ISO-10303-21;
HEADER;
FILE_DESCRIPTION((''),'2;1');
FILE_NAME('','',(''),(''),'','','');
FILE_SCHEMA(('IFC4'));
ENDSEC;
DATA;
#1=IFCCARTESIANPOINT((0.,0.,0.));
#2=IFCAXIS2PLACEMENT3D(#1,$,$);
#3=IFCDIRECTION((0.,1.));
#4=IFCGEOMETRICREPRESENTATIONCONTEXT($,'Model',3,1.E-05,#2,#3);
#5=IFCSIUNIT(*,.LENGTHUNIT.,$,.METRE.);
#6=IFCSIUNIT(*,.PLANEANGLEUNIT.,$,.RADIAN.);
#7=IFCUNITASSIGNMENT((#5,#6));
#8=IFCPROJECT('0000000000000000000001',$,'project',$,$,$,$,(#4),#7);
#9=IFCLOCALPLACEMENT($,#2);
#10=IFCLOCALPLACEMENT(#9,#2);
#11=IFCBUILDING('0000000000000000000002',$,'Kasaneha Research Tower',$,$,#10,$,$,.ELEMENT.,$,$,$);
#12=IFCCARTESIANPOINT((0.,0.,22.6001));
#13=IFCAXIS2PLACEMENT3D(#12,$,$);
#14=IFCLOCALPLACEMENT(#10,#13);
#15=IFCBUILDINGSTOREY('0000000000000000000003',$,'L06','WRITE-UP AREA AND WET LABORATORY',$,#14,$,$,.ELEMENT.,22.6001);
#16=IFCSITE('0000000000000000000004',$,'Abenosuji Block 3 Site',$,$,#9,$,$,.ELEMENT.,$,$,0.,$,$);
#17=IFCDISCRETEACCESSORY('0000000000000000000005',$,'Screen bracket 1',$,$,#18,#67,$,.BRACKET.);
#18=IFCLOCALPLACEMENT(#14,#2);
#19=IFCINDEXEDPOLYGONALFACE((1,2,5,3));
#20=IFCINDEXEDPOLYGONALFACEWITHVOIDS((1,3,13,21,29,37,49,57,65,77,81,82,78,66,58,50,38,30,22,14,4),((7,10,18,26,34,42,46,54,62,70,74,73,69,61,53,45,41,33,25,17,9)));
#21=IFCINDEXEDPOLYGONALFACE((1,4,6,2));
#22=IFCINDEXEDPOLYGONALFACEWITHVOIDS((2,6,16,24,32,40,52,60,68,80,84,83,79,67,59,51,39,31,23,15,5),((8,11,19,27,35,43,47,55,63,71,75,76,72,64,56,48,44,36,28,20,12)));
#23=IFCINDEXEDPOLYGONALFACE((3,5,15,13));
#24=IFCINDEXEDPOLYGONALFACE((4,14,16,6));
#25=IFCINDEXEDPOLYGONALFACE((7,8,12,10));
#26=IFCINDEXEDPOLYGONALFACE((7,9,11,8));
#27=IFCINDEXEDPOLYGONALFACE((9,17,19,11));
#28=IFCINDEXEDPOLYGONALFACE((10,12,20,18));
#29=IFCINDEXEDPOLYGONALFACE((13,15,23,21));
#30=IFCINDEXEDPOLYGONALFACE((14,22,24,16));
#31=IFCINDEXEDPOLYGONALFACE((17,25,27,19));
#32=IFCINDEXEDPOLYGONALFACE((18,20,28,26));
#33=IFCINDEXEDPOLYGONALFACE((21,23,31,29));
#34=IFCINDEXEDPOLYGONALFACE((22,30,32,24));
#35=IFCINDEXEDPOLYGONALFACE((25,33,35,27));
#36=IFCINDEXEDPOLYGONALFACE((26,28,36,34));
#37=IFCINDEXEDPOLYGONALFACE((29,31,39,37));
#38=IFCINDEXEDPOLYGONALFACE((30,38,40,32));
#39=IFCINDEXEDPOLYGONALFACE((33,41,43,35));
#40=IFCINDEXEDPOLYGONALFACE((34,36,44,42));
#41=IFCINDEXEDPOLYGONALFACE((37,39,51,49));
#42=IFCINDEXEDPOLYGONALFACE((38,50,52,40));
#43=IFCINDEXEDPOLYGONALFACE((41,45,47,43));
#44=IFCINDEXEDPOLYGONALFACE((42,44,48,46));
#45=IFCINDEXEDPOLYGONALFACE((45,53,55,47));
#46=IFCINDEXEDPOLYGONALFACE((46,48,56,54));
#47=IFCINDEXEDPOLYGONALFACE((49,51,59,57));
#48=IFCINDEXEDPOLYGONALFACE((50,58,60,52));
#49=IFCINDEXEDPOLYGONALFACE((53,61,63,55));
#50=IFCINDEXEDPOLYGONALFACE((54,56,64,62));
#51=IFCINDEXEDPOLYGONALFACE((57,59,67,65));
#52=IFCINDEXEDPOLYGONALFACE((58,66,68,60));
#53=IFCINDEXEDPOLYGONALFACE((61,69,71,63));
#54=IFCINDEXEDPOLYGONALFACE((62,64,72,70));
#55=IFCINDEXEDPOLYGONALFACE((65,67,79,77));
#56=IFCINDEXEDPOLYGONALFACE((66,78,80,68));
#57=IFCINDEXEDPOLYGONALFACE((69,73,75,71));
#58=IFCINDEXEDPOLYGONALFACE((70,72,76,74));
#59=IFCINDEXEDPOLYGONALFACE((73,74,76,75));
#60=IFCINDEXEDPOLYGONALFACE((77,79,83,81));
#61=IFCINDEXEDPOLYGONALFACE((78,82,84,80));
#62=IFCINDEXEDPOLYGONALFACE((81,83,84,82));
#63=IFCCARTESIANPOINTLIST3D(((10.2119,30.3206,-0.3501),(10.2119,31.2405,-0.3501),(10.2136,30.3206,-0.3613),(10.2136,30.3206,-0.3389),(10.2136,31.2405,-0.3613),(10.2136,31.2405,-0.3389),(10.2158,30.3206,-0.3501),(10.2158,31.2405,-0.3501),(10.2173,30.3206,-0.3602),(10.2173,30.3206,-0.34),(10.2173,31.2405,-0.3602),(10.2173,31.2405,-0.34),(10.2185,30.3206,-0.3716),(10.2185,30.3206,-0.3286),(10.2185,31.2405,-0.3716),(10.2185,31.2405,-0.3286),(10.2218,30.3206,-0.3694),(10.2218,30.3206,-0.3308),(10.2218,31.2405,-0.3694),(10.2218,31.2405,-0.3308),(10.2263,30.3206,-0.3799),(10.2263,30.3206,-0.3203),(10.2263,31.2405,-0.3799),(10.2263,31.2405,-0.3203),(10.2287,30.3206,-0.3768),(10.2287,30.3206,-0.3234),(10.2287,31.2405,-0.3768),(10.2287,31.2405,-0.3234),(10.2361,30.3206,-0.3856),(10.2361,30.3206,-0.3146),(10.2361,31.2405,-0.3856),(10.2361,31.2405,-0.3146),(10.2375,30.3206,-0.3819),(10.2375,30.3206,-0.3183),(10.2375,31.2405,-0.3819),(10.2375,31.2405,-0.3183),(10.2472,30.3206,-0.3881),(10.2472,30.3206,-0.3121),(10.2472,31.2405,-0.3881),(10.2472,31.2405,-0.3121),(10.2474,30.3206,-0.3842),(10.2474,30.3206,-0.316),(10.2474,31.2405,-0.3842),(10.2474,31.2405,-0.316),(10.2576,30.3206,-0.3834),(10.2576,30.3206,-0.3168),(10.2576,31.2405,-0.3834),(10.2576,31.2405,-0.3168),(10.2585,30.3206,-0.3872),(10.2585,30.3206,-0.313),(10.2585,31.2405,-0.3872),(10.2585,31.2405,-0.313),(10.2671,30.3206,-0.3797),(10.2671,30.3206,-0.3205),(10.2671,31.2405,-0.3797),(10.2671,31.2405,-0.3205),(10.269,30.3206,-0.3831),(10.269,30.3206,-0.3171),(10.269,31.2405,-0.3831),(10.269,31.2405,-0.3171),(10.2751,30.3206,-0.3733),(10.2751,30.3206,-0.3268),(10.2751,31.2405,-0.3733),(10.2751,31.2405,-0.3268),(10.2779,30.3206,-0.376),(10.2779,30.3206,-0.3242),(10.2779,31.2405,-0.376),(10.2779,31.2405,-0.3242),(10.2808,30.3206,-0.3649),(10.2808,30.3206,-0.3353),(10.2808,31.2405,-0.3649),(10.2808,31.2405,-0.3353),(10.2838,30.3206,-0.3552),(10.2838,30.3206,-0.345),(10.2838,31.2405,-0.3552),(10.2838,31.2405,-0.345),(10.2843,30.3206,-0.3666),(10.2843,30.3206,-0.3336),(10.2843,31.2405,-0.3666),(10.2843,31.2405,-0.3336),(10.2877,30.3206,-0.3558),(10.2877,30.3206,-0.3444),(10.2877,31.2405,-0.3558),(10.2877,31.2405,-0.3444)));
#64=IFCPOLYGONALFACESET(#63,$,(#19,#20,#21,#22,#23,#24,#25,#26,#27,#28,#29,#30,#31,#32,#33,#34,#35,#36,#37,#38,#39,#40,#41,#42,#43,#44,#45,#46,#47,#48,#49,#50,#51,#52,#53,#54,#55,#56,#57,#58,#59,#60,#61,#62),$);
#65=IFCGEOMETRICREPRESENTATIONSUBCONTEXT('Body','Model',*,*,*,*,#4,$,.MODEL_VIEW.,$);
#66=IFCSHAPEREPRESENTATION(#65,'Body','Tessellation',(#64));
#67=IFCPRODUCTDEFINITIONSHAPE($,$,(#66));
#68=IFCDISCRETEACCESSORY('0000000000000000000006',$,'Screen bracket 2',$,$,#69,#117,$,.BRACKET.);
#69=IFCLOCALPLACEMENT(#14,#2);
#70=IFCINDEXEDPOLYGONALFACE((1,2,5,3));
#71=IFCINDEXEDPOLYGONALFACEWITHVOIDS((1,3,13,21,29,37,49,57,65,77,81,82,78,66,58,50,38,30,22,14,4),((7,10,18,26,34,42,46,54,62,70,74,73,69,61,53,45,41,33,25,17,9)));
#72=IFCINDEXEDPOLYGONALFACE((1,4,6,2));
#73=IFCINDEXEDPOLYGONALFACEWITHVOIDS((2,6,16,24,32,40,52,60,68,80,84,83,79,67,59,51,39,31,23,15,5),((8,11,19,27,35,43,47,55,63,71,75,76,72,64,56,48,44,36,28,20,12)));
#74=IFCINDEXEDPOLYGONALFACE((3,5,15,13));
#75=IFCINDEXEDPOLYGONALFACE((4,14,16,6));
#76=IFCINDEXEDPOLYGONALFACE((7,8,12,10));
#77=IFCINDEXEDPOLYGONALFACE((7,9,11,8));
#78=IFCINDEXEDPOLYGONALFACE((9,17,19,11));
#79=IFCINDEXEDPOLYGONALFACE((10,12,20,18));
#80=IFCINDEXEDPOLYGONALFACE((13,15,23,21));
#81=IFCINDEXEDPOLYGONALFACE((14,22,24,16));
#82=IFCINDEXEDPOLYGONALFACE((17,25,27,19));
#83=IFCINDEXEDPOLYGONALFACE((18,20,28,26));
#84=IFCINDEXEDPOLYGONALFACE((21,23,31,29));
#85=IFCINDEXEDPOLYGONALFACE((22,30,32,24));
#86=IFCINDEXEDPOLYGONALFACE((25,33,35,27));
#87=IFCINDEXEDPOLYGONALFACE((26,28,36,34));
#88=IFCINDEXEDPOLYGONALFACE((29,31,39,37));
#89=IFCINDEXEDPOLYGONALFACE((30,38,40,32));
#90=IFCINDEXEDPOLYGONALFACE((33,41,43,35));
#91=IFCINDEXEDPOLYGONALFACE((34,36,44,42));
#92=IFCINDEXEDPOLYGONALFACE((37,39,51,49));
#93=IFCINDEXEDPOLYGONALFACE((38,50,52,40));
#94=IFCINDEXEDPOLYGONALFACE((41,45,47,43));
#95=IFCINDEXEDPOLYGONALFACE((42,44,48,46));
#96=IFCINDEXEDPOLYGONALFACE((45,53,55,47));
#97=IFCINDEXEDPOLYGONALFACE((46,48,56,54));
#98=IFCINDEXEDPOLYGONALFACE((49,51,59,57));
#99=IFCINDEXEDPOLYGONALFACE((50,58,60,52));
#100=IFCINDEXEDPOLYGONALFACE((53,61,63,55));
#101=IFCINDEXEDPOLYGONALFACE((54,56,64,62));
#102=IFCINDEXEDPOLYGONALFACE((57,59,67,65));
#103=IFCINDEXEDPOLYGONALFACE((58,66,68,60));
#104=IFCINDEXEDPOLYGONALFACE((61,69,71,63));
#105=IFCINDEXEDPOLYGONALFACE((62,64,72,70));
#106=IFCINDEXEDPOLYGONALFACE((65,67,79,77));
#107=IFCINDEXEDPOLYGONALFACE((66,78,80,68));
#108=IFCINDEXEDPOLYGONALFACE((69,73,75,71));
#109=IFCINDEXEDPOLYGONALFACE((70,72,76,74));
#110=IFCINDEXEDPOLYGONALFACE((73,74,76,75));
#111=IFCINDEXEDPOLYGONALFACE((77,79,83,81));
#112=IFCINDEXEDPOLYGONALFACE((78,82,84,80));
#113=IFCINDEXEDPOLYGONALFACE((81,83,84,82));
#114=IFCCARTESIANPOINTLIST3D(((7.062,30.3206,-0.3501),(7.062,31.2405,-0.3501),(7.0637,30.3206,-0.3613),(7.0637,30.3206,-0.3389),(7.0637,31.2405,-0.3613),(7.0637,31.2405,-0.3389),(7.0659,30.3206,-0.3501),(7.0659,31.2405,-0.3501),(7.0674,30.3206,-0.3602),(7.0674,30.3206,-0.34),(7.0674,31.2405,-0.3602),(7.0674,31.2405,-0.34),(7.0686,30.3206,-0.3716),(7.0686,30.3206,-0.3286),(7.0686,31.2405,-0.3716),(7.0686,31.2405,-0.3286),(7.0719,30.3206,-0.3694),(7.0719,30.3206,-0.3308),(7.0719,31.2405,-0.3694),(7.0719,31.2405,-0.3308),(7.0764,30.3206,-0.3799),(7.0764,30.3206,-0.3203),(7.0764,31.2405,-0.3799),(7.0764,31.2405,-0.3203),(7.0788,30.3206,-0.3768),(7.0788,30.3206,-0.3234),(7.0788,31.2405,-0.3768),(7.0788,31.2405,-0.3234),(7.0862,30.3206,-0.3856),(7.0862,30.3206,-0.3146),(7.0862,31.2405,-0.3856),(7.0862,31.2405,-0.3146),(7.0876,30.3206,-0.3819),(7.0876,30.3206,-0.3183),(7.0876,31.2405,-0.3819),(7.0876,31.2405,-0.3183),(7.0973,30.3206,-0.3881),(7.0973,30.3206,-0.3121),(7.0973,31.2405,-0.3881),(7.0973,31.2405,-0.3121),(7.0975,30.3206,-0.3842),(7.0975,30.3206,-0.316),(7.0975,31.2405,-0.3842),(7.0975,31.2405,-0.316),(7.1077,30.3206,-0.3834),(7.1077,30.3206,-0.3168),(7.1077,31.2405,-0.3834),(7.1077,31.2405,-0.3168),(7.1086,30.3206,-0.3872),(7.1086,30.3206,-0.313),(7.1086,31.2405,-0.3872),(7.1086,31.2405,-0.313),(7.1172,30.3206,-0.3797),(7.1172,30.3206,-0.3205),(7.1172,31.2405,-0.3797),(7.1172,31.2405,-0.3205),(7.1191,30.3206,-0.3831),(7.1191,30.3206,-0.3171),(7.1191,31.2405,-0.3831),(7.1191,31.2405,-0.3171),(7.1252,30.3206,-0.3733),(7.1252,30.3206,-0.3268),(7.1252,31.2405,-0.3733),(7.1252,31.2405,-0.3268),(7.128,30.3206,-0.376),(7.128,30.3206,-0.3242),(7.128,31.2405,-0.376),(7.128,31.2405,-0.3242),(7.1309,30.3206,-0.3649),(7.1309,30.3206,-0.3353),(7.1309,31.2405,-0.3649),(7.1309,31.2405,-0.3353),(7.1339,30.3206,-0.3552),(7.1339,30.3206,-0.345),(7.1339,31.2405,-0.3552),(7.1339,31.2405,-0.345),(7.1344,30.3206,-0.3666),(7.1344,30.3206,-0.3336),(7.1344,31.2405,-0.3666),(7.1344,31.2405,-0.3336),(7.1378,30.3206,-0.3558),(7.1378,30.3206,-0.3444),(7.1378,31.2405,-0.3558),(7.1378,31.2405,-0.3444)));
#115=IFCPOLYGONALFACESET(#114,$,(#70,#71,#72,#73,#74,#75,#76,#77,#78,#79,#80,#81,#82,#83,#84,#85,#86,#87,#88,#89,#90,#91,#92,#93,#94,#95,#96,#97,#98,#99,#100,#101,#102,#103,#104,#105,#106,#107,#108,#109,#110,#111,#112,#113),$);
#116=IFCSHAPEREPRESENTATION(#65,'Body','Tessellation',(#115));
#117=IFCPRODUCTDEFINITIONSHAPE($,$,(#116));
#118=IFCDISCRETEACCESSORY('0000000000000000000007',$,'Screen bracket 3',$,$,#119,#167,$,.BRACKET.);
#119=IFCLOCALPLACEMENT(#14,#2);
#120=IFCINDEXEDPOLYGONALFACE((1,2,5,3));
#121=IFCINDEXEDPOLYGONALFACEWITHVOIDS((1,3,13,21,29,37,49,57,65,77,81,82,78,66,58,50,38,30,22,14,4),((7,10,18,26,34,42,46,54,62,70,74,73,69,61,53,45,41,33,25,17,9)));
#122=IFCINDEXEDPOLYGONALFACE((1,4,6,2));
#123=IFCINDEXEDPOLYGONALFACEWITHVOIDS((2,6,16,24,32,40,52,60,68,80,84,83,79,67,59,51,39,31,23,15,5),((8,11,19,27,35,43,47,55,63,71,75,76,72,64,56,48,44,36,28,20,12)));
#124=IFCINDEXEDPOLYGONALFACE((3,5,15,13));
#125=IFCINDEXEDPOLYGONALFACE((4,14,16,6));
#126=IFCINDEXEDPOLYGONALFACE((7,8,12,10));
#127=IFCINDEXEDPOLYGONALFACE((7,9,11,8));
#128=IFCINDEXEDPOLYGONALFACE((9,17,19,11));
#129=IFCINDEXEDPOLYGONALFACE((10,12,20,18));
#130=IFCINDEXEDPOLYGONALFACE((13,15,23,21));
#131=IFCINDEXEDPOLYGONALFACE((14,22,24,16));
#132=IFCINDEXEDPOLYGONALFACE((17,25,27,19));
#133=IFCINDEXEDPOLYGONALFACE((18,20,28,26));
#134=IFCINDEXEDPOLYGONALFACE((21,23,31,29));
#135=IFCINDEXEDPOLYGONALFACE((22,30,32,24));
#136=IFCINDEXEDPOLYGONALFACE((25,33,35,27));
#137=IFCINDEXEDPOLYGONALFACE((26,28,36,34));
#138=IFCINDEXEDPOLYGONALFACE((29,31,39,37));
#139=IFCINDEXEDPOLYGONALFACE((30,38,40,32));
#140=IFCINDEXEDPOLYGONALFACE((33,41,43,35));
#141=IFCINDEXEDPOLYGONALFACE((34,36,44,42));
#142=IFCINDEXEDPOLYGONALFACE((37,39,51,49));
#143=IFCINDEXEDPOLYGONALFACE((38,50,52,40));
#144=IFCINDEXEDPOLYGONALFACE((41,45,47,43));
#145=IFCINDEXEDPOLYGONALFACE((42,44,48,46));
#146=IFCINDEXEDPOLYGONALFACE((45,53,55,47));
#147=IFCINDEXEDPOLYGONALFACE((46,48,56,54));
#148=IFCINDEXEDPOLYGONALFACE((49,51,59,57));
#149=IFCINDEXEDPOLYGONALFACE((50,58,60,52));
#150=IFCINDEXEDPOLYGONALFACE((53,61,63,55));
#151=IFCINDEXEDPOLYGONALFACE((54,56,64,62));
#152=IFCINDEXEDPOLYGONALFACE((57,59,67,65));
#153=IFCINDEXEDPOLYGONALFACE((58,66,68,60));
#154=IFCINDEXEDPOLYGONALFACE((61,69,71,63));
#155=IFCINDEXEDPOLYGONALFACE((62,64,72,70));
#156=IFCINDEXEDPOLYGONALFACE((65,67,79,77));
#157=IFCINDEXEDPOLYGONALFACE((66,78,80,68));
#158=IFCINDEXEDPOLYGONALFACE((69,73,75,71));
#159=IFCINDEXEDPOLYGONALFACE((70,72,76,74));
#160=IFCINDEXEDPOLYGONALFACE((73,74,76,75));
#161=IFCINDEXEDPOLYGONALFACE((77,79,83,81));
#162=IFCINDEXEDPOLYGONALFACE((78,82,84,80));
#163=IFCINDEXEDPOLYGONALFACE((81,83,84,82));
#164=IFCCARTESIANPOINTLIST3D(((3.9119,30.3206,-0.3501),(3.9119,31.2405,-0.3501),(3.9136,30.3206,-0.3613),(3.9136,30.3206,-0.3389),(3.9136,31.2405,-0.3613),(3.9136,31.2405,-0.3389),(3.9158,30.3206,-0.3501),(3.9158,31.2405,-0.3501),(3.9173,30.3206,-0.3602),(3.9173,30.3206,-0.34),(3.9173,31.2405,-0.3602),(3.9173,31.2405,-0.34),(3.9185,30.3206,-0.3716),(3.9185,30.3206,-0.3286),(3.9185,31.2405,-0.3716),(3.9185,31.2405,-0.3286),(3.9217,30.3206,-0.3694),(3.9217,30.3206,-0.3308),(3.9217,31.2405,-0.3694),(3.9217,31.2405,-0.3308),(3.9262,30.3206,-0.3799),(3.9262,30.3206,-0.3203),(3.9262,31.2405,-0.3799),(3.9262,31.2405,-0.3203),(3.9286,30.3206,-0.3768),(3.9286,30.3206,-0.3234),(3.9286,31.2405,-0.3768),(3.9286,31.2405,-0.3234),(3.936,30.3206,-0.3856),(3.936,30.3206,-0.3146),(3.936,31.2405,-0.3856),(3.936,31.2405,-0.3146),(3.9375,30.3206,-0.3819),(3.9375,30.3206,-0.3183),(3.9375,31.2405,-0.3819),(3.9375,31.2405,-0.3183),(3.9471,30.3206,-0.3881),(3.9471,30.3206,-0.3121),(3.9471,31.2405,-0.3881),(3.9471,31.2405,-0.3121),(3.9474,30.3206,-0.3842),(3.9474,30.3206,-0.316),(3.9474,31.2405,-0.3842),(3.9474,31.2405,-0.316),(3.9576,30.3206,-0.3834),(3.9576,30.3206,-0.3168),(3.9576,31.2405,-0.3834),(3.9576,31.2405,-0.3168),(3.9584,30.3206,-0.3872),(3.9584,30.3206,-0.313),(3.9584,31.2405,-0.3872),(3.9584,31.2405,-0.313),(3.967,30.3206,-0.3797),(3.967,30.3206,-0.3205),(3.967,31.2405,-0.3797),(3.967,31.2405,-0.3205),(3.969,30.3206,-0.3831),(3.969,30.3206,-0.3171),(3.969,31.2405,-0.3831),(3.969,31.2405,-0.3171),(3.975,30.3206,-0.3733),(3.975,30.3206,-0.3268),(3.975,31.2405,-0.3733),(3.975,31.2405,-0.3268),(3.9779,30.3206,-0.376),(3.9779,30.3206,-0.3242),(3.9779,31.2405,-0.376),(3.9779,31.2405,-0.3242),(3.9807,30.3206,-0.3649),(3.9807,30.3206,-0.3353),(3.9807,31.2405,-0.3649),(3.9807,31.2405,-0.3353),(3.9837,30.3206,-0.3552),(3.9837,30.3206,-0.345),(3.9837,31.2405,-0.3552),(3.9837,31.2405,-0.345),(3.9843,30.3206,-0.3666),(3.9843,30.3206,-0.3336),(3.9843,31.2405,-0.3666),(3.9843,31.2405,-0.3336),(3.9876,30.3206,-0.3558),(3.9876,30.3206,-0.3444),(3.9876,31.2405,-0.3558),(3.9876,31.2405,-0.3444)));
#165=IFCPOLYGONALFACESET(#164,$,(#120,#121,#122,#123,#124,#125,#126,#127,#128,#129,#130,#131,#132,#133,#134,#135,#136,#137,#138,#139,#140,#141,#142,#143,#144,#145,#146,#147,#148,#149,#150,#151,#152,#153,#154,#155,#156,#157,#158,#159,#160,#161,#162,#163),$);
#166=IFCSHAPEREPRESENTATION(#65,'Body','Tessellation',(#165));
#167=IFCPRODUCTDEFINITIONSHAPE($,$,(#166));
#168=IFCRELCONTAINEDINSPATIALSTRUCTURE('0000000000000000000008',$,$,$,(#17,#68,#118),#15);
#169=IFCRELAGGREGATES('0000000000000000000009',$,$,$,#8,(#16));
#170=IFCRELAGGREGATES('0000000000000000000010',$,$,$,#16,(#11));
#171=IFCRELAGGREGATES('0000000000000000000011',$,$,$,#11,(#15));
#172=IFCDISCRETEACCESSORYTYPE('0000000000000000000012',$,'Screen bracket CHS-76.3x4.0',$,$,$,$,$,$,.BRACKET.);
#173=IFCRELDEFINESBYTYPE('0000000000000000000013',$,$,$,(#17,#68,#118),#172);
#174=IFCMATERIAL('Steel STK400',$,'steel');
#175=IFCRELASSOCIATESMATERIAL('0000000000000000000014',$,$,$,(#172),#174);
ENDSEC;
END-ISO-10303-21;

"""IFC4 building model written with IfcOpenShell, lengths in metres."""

from ifc_helpers import new_model, si_unit, direction, frame, origin, origin_2d, place, context, subcontext, project, spatial, hollow_circle, extrude, material, material_profile, profile_set, type_object, element, save


model = new_model("IFC4")

# Units and contexts
model_context = context("Model", 3, precision=1e-05, world=origin(), true_north=direction((0.0, 1.0)))
body_context = subcontext(model_context, "Body", "Model", "MODEL_VIEW")
ifc_project = project(units=[si_unit("LENGTHUNIT", "METRE"), si_unit("PLANEANGLEUNIT", "RADIAN")], contexts=[model_context])

# Site, building, storey
site_placement = place(None, origin())
site = spatial("IfcSite", under=ifc_project, at=site_placement, Name="Abenosuji Block 3 Site", CompositionType="ELEMENT", RefElevation=0.0)
building_placement = place(site_placement, origin())
building = spatial("IfcBuilding", under=site, at=building_placement, Name="Kasaneha Research Tower", CompositionType="ELEMENT")
storey_placement = place(building_placement, frame((0.0, 0.0, 22.6001)))
storey = spatial("IfcBuildingStorey", under=building, at=storey_placement, Name="L06", Description="WRITE-UP AREA AND WET LABORATORY", CompositionType="ELEMENT", Elevation=22.6001)

# Discrete accessories
ifc_material_1 = material(Name="Steel STK400", Category="steel")
ifc_material_profile_1 = material_profile(ifc_material_1, hollow_circle(Radius=0.0381, WallThickness=0.0039, at=origin_2d()), Name="CHS-76.3x4.0")
ifc_profile_set_1 = profile_set([ifc_material_profile_1], Name="Steel STK400")
discrete_accessory_type = type_object("IfcDiscreteAccessoryType", Name="Screen bracket CHS-76.3x4.0", PredefinedType="BRACKET", material=ifc_profile_set_1)
for number, where, z_axis, x_axis, name in (
    (1, (10.25, 30.3206, -0.3501), (0.0, 1.0, 0.0), (-1.0, 0.0, 0.0), "Screen bracket 1"),
    (2, (7.1001, 30.3206, -0.3501), (0.0, 1.0, 0.0), (-1.0, 0.0, 0.0), "Screen bracket 2"),
    (3, (3.95, 30.3206, -0.3501), (0.0, 1.0, 0.0), (-1.0, 0.0, 0.0), "Screen bracket 3"),
):
    element("IfcDiscreteAccessory", number, at=place(storey_placement, frame(where, z_axis=z_axis, x_axis=x_axis)), inside=storey, type_object=discrete_accessory_type, Name=name, PredefinedType="BRACKET", context=body_context, shape_type="SweptSolid", body=[
        extrude(hollow_circle(Radius=0.0381, WallThickness=0.0039, at=origin_2d()), origin(), (0.0, 0.0, 1.0), 0.9199),
    ])

save(model, "model.ifc")
